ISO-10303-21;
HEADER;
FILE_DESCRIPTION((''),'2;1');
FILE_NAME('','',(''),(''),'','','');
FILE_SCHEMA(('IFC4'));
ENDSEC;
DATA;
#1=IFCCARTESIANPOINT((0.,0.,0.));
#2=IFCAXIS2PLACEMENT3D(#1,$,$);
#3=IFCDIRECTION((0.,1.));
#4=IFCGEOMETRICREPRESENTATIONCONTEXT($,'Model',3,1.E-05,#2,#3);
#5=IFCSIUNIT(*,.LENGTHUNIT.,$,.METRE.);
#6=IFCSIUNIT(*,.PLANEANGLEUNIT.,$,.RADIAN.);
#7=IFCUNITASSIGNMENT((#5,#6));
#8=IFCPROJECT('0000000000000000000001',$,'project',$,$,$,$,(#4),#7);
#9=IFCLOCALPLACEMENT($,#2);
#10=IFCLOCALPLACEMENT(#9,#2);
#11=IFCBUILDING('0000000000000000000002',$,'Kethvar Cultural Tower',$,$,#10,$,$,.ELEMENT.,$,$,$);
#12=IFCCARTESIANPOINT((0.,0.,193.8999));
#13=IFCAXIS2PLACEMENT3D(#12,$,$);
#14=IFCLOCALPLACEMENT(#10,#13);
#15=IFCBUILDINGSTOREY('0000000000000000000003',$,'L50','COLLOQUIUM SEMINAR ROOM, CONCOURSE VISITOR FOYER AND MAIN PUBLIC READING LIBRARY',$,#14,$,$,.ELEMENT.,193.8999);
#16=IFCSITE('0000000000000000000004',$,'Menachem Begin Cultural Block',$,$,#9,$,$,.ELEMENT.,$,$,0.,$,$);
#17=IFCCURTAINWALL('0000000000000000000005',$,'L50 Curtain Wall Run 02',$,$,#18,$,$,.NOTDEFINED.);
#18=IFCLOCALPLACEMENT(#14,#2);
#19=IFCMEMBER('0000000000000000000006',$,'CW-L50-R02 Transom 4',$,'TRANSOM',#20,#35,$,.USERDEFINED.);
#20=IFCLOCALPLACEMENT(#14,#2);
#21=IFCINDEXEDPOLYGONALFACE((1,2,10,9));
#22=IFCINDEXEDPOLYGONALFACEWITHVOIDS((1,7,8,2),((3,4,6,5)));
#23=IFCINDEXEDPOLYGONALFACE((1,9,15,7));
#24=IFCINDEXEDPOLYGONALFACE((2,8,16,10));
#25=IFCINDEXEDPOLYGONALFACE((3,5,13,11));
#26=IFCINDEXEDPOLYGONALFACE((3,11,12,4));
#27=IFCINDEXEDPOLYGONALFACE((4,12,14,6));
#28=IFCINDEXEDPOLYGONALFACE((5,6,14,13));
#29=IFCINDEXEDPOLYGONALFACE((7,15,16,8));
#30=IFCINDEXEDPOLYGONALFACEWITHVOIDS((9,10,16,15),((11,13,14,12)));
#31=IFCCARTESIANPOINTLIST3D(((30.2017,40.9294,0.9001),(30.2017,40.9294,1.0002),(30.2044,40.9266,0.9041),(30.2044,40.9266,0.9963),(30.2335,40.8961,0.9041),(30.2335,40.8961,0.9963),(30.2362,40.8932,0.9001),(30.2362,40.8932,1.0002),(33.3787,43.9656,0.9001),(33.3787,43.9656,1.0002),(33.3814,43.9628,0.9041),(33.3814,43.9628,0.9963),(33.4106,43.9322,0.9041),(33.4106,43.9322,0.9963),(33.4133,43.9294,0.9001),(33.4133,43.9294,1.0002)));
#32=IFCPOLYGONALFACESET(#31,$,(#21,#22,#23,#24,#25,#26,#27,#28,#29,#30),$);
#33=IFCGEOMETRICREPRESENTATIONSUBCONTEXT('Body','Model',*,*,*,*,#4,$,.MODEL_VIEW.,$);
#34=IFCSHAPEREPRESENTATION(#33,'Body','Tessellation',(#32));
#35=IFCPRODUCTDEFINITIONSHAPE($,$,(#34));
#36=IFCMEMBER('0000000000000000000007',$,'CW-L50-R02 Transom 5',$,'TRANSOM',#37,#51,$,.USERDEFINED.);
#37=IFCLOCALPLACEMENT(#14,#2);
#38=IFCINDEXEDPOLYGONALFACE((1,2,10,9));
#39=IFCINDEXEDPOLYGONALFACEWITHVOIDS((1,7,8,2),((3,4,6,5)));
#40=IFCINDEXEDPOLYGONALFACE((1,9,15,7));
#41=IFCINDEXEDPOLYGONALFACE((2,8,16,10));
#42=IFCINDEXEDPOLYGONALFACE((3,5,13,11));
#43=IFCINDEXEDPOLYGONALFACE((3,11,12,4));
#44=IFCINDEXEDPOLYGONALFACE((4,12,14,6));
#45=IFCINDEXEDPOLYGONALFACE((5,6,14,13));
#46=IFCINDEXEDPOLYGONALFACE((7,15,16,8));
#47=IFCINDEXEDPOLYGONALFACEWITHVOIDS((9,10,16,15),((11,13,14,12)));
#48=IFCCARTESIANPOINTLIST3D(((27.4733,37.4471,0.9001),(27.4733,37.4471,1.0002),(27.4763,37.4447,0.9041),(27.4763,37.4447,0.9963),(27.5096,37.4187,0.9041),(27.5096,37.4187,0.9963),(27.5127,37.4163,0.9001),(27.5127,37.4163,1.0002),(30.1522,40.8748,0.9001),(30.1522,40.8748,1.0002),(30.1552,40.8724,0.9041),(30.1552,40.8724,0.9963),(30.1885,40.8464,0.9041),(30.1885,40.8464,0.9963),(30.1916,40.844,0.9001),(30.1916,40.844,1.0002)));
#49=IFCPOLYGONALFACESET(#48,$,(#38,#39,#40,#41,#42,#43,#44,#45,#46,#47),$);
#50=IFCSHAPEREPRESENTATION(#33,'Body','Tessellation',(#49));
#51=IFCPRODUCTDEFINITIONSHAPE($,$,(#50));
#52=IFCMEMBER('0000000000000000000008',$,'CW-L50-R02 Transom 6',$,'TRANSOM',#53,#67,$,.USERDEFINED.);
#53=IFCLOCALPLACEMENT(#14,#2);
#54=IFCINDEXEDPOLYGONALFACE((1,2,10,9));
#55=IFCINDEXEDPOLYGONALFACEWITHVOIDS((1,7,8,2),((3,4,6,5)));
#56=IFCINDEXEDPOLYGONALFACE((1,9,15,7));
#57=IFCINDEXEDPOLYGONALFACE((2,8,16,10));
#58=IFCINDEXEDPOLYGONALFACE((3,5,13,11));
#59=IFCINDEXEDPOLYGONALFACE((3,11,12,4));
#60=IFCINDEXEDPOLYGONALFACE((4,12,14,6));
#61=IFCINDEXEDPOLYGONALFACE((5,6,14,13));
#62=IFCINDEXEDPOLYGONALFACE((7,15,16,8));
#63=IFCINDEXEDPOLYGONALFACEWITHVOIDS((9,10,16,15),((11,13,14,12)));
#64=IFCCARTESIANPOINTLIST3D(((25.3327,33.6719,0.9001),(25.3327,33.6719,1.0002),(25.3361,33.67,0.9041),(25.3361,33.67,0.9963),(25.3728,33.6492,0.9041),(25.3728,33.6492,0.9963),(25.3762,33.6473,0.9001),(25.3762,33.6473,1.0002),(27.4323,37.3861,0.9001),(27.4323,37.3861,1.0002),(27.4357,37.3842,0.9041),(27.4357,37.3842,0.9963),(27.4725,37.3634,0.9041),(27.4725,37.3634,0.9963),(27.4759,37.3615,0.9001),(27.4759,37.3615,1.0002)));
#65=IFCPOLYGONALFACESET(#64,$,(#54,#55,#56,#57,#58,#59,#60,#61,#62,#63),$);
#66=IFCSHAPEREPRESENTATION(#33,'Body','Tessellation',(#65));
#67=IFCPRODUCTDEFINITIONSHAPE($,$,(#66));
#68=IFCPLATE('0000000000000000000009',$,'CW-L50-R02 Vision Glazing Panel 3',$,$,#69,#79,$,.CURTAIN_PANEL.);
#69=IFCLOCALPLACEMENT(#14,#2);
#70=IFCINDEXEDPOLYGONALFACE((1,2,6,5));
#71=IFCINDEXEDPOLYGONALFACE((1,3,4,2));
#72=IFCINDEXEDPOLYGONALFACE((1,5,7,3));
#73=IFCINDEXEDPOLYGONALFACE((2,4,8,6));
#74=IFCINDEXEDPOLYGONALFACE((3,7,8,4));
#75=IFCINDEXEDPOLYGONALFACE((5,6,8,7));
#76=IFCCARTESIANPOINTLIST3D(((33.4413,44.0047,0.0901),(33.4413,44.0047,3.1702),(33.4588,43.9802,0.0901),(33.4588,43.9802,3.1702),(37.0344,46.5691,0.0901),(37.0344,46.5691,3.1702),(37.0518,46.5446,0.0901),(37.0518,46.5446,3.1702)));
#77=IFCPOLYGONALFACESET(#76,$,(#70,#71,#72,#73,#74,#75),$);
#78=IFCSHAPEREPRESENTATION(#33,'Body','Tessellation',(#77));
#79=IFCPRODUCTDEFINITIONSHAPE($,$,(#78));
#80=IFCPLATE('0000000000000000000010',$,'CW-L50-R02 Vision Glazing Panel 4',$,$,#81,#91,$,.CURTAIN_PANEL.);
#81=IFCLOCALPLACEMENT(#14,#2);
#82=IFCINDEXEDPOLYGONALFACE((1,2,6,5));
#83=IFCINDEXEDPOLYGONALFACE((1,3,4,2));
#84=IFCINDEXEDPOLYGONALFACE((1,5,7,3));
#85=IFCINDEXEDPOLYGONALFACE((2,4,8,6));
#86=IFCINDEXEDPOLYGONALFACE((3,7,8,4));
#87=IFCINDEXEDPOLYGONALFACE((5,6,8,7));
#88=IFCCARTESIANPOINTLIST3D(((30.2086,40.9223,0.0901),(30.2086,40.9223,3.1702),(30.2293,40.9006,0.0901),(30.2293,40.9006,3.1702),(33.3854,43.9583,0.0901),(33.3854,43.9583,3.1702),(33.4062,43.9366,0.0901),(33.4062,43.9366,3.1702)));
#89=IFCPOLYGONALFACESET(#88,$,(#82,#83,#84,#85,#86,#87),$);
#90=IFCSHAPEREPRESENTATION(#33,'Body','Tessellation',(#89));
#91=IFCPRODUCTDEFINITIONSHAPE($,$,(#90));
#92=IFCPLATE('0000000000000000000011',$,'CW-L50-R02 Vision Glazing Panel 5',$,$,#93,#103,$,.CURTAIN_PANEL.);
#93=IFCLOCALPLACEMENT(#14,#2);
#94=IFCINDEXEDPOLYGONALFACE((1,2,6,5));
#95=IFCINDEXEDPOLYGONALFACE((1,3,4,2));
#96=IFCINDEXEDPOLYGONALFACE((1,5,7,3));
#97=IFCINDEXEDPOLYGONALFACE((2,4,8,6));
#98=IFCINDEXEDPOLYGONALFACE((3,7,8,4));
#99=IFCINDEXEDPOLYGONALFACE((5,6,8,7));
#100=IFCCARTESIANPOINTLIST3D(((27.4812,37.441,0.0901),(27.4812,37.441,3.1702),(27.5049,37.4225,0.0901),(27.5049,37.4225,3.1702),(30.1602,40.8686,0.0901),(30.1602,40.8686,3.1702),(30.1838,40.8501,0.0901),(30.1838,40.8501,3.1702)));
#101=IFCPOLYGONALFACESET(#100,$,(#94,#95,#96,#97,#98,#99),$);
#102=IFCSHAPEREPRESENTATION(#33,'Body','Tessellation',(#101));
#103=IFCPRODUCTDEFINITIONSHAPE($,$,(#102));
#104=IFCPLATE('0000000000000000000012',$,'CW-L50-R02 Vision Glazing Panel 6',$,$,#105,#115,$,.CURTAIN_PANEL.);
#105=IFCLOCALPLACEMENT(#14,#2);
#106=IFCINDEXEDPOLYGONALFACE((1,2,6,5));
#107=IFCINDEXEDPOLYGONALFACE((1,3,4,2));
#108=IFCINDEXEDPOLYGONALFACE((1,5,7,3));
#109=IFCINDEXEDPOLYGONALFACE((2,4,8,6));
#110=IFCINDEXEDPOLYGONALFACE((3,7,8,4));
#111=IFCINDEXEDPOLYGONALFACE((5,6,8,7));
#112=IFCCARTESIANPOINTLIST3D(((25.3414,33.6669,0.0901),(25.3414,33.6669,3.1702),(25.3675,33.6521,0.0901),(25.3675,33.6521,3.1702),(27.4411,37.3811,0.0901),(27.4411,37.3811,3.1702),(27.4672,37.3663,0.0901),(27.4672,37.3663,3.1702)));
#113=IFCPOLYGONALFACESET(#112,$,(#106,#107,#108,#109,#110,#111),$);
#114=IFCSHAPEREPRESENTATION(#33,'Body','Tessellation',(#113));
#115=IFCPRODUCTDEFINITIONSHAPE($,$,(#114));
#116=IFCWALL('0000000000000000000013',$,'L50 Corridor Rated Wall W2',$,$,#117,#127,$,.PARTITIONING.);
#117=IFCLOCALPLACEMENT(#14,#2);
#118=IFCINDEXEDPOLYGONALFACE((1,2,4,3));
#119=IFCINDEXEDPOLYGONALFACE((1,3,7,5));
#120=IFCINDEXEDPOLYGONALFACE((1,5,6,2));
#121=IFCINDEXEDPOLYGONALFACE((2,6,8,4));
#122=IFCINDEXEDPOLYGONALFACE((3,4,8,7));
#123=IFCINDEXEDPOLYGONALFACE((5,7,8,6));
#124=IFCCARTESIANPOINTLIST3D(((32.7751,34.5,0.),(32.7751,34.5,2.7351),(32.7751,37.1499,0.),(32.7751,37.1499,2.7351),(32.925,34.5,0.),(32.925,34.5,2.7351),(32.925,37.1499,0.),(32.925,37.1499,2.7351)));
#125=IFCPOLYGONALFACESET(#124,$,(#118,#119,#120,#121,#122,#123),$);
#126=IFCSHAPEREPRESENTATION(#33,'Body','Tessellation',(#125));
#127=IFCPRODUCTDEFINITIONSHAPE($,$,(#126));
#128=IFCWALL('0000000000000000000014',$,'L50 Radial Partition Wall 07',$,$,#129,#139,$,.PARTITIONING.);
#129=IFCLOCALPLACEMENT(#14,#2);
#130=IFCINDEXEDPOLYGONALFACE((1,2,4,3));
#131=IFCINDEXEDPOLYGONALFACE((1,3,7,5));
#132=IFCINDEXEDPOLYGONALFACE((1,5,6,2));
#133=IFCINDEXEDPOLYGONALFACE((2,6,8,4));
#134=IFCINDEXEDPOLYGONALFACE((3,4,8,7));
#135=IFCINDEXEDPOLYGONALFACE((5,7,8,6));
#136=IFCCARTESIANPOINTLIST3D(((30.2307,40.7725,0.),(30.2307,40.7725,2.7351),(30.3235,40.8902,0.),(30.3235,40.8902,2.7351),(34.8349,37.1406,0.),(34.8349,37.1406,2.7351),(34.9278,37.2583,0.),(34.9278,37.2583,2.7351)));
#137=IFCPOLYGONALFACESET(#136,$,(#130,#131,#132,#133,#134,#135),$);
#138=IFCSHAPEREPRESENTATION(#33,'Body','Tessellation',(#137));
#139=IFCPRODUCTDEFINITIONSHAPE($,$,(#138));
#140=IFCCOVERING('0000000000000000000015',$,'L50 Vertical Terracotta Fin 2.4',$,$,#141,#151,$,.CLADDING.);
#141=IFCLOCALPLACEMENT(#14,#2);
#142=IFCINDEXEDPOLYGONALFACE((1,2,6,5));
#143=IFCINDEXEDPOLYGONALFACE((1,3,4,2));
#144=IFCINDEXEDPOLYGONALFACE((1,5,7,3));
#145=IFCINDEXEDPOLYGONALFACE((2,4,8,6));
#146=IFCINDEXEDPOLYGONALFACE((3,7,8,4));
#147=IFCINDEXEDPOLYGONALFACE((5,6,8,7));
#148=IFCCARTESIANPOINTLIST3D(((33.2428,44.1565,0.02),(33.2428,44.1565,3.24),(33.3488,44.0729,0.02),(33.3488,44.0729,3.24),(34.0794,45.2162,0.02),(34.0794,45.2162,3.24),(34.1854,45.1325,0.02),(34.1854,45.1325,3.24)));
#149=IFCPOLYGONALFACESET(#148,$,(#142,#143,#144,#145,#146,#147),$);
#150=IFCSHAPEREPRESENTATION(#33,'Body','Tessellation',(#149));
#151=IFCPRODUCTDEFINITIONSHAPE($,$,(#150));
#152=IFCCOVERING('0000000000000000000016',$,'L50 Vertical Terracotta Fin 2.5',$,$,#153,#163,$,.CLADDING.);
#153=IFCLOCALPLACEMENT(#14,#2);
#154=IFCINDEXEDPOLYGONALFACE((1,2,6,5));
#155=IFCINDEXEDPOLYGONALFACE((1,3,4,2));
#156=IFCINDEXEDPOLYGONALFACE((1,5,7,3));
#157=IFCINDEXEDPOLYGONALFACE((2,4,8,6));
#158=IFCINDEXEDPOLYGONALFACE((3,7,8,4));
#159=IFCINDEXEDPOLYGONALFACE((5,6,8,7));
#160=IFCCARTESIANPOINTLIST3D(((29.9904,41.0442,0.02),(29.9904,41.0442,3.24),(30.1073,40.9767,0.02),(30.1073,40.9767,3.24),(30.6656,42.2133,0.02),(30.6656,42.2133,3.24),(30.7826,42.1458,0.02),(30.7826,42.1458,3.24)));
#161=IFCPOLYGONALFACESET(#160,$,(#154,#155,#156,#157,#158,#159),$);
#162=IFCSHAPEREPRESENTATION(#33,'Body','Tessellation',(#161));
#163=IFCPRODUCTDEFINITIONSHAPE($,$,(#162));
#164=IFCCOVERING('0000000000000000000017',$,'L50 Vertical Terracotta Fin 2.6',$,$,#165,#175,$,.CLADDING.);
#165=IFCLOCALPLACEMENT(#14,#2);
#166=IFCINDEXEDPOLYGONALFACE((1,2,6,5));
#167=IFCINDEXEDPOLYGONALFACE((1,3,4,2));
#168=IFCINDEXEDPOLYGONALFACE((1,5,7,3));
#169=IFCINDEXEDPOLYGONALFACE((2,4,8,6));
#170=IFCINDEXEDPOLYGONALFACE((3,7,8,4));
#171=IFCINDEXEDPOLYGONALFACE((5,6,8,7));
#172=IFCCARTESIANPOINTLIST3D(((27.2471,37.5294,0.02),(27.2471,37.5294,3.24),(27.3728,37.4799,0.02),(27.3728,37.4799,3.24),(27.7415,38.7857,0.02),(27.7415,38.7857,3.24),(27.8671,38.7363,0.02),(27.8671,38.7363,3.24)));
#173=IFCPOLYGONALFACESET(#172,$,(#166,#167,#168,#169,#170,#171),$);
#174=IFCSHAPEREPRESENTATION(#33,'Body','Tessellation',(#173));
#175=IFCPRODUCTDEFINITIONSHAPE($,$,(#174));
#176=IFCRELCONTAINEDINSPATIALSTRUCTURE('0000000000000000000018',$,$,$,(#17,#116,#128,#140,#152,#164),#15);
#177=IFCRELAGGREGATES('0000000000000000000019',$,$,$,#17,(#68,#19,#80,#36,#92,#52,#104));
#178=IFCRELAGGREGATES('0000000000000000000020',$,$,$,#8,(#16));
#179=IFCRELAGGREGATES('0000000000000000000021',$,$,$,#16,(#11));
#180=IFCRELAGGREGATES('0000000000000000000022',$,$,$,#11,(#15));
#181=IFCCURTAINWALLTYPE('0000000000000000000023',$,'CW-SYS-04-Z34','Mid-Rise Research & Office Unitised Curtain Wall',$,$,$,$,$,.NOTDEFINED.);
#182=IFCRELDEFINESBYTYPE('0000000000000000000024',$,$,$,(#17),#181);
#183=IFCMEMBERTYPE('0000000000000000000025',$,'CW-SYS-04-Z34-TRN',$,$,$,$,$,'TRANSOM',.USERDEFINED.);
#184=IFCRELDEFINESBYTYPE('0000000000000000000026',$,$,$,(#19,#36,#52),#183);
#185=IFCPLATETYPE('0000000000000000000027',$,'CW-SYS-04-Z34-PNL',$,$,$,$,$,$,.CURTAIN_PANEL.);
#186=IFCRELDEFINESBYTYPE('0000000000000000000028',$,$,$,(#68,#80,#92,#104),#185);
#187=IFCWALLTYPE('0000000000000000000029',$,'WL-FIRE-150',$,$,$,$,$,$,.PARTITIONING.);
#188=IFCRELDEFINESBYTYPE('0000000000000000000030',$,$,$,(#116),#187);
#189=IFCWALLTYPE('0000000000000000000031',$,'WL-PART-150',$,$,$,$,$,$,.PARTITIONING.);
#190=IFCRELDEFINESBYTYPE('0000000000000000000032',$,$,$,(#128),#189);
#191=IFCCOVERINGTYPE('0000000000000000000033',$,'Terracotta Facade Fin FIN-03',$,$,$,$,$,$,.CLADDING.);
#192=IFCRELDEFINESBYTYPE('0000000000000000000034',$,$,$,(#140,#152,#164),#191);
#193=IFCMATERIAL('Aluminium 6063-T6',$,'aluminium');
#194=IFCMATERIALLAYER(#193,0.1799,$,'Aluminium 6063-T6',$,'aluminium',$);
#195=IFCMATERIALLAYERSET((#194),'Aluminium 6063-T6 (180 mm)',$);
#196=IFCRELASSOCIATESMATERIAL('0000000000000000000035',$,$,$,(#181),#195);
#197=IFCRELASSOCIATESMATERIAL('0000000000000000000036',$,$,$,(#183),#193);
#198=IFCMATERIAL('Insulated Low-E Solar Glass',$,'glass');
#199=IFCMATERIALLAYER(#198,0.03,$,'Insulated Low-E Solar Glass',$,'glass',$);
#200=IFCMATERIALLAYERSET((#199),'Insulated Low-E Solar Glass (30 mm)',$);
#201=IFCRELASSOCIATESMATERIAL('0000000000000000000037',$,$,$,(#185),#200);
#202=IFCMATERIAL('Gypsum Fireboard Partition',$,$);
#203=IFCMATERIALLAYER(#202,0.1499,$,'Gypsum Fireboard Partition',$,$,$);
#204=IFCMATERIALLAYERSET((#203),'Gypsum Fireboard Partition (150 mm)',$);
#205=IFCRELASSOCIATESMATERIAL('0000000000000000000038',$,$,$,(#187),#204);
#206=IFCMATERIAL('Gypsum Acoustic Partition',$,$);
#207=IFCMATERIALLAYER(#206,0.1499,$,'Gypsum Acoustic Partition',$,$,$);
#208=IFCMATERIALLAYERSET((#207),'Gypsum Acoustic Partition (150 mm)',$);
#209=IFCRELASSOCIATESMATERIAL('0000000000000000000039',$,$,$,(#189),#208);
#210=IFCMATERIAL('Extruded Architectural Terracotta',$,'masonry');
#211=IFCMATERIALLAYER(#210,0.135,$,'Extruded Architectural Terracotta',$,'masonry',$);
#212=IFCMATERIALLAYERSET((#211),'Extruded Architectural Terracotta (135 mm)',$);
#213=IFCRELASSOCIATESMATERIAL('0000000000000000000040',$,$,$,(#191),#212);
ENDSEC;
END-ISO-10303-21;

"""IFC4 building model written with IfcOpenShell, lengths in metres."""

from ifc_helpers import new_model, si_unit, direction, frame, frame_2d, origin, origin_2d, place, context, subcontext, project, spatial, rectangle, hollow_rectangle, extrude, source, transform, mapped, material, layer, layer_set, material_profile, profile_set, type_object, element, aggregate, save


model = new_model("IFC4")

# Units and contexts
model_context = context("Model", 3, precision=1e-05, world=origin(), true_north=direction((0.0, 1.0)))
body_context = subcontext(model_context, "Body", "Model", "MODEL_VIEW")
ifc_project = project(units=[si_unit("LENGTHUNIT", "METRE"), si_unit("PLANEANGLEUNIT", "RADIAN")], contexts=[model_context])

# Site, building, storey
site_placement = place(None, origin())
site = spatial("IfcSite", under=ifc_project, at=site_placement, Name="Menachem Begin Cultural Block", CompositionType="ELEMENT", RefElevation=0.0)
building_placement = place(site_placement, origin())
building = spatial("IfcBuilding", under=site, at=building_placement, Name="Kethvar Cultural Tower", CompositionType="ELEMENT")
storey_placement = place(building_placement, frame((0.0, 0.0, 193.8999)))
storey = spatial("IfcBuildingStorey", under=building, at=storey_placement, Name="L50", Description="COLLOQUIUM SEMINAR ROOM, CONCOURSE VISITOR FOYER AND MAIN PUBLIC READING LIBRARY", CompositionType="ELEMENT", Elevation=193.8999)

# Curtain wall, members, plates
ifc_material_1 = material(Name="Aluminium 6063-T6", Category="aluminium")
ifc_layer_1 = layer(ifc_material_1, 0.1799, Name="Aluminium 6063-T6", Category="aluminium")
ifc_layer_set_1 = layer_set([ifc_layer_1], Name="Aluminium 6063-T6 (180 mm)")
curtain_wall_type = type_object("IfcCurtainWallType", Name="CW-SYS-04-Z34", Description="Mid-Rise Research & Office Unitised Curtain Wall", PredefinedType="NOTDEFINED", material=ifc_layer_set_1)
curtain_wall_placement = place(storey_placement, origin())
curtain_wall = element("IfcCurtainWall", 1, at=curtain_wall_placement, inside=storey, type_object=curtain_wall_type, Name="L50 Curtain Wall Run 02", PredefinedType="NOTDEFINED")
ifc_material_profile_1 = material_profile(ifc_material_1, hollow_rectangle(XDim=0.05, YDim=0.1001, WallThickness=0.0039, at=origin_2d()), Name="Aluminium 6063-T6 — RHS100x50x4")
ifc_profile_set_1 = profile_set([ifc_material_profile_1], Name="Aluminium 6063-T6 — RHS100x50x4")
member_type_1 = type_object("IfcMemberType", Name="CW-SYS-04-Z34-TRN", ElementType="TRANSOM", PredefinedType="USERDEFINED", material=ifc_profile_set_1)
shared_shape_1 = source(origin(), body_context, "Body", "SweptSolid", [
    extrude(hollow_rectangle(XDim=0.05, YDim=0.1001, WallThickness=0.0039, at=origin_2d()), origin(), (0.0, 0.0, 1.0), 4.3945),
])
member_1_placement = place(storey_placement, frame((33.396, 43.9475, 0.9502), z_axis=(-0.722953, -0.690897, 0.0), x_axis=(0.690897, -0.722953, 0.0)))
member_1 = element("IfcMember", 2, at=member_1_placement, type_object=member_type_1, Name="CW-L50-R02 Transom 4", ObjectType="TRANSOM", PredefinedType="USERDEFINED", context=body_context, shape_type="MappedRepresentation", body=[
    mapped(shared_shape_1, transform((0.0, 0.0, 0.0), scale=1.0)),
])
shared_shape_2 = source(origin(), body_context, "Body", "SweptSolid", [
    extrude(hollow_rectangle(XDim=0.05, YDim=0.1001, WallThickness=0.0039, at=origin_2d()), origin(), (0.0, 0.0, 1.0), 4.3503),
])
member_2_placement = place(storey_placement, frame((30.1719, 40.8594, 0.9502), z_axis=(-0.615792, -0.787909, 0.0), x_axis=(0.787909, -0.615792, 0.0)))
member_2 = element("IfcMember", 3, at=member_2_placement, type_object=member_type_1, Name="CW-L50-R02 Transom 5", ObjectType="TRANSOM", PredefinedType="USERDEFINED", context=body_context, shape_type="MappedRepresentation", body=[
    mapped(shared_shape_2, transform((0.0, 0.0, 0.0), scale=1.0)),
])
shared_shape_3 = source(origin(), body_context, "Body", "SweptSolid", [
    extrude(hollow_rectangle(XDim=0.05, YDim=0.1001, WallThickness=0.0039, at=origin_2d()), origin(), (0.0, 0.0, 1.0), 4.2666),
])
member_3_placement = place(storey_placement, frame((27.4541, 37.3738, 0.9502), z_axis=(-0.492116, -0.87053, 0.0), x_axis=(0.87053, -0.492116, 0.0)))
member_3 = element("IfcMember", 4, at=member_3_placement, type_object=member_type_1, Name="CW-L50-R02 Transom 6", ObjectType="TRANSOM", PredefinedType="USERDEFINED", context=body_context, shape_type="MappedRepresentation", body=[
    mapped(shared_shape_3, transform((0.0, 0.0, 0.0), scale=1.0)),
])
ifc_material_2 = material(Name="Insulated Low-E Solar Glass", Category="glass")
ifc_layer_2 = layer(ifc_material_2, 0.03, Name="Insulated Low-E Solar Glass", Category="glass")
ifc_layer_set_2 = layer_set([ifc_layer_2], Name="Insulated Low-E Solar Glass (30 mm)")
plate_type = type_object("IfcPlateType", Name="CW-SYS-04-Z34-PNL", PredefinedType="CURTAIN_PANEL", material=ifc_layer_set_2)
shared_shape_4 = source(origin(), body_context, "Body", "SweptSolid", [
    extrude(rectangle(XDim=4.4143, YDim=0.03, at=origin_2d()), origin(), (0.0, 0.0, 1.0), 3.0801),
])
plate_1_placement = place(storey_placement, frame((35.2466, 45.2747, 0.0901), z_axis=(0.0, 0.0, 1.0), x_axis=(-0.813953, -0.58093, 0.0)))
plate_1 = element("IfcPlate", 5, at=plate_1_placement, type_object=plate_type, Name="CW-L50-R02 Vision Glazing Panel 3", PredefinedType="CURTAIN_PANEL", context=body_context, shape_type="MappedRepresentation", body=[
    mapped(shared_shape_4, transform((0.0, 0.0, 0.0), scale=1.0)),
])
shared_shape_5 = source(origin(), body_context, "Body", "SweptSolid", [
    extrude(rectangle(XDim=4.3943, YDim=0.03, at=origin_2d()), origin(), (0.0, 0.0, 1.0), 3.0801),
])
plate_2_placement = place(storey_placement, frame((31.8074, 42.4294, 0.0901), z_axis=(0.0, 0.0, 1.0), x_axis=(-0.722943, -0.690908, 0.0)))
plate_2 = element("IfcPlate", 6, at=plate_2_placement, type_object=plate_type, Name="CW-L50-R02 Vision Glazing Panel 4", PredefinedType="CURTAIN_PANEL", context=body_context, shape_type="MappedRepresentation", body=[
    mapped(shared_shape_5, transform((0.0, 0.0, 0.0), scale=1.0)),
])
shared_shape_6 = source(origin(), body_context, "Body", "SweptSolid", [
    extrude(rectangle(XDim=4.3503, YDim=0.03, at=origin_2d()), origin(), (0.0, 0.0, 1.0), 3.0801),
])
plate_3_placement = place(storey_placement, frame((28.8325, 39.1455, 0.0901), z_axis=(0.0, 0.0, 1.0), x_axis=(-0.615813, -0.787893, 0.0)))
plate_3 = element("IfcPlate", 7, at=plate_3_placement, type_object=plate_type, Name="CW-L50-R02 Vision Glazing Panel 5", PredefinedType="CURTAIN_PANEL", context=body_context, shape_type="MappedRepresentation", body=[
    mapped(shared_shape_6, transform((0.0, 0.0, 0.0), scale=1.0)),
])
shared_shape_7 = source(origin(), body_context, "Body", "SweptSolid", [
    extrude(rectangle(XDim=4.2666, YDim=0.03, at=origin_2d()), origin(), (0.0, 0.0, 1.0), 3.0801),
])
plate_4_placement = place(storey_placement, frame((26.4043, 35.5166, 0.0901), z_axis=(0.0, 0.0, 1.0), x_axis=(-0.49212, -0.870528, 0.0)))
plate_4 = element("IfcPlate", 8, at=plate_4_placement, type_object=plate_type, Name="CW-L50-R02 Vision Glazing Panel 6", PredefinedType="CURTAIN_PANEL", context=body_context, shape_type="MappedRepresentation", body=[
    mapped(shared_shape_7, transform((0.0, 0.0, 0.0), scale=1.0)),
])
aggregate(curtain_wall, [plate_1, member_1, plate_2, member_2, plate_3, member_3, plate_4])

# Walls
ifc_material_3 = material(Name="Gypsum Fireboard Partition")
ifc_layer_3 = layer(ifc_material_3, 0.1499, Name="Gypsum Fireboard Partition")
ifc_layer_set_3 = layer_set([ifc_layer_3], Name="Gypsum Fireboard Partition (150 mm)")
wall_type_1 = type_object("IfcWallType", Name="WL-FIRE-150", PredefinedType="PARTITIONING", material=ifc_layer_set_3)
wall_1_placement = place(storey_placement, frame((32.8501, 37.1499, 0.0), z_axis=(0.0, 0.0, 1.0), x_axis=(0.0, -1.0, 0.0)))
element("IfcWall", 9, at=wall_1_placement, inside=storey, type_object=wall_type_1, Name="L50 Corridor Rated Wall W2", PredefinedType="PARTITIONING", context=body_context, shape_type="SweptSolid", body=[
    extrude(rectangle(XDim=2.6499, YDim=0.1499, at=frame_2d((1.325, 0.0))), origin(), (0.0, 0.0, 1.0), 2.7351),
])
ifc_material_4 = material(Name="Gypsum Acoustic Partition")
ifc_layer_4 = layer(ifc_material_4, 0.1499, Name="Gypsum Acoustic Partition")
ifc_layer_set_4 = layer_set([ifc_layer_4], Name="Gypsum Acoustic Partition (150 mm)")
wall_type_2 = type_object("IfcWallType", Name="WL-PART-150", PredefinedType="PARTITIONING", material=ifc_layer_set_4)
wall_2_placement = place(storey_placement, frame((34.8813, 37.1995, 0.0), z_axis=(0.0, 0.0, 1.0), x_axis=(-0.78514, 0.619319, 0.0)))
element("IfcWall", 10, at=wall_2_placement, inside=storey, type_object=wall_type_2, Name="L50 Radial Partition Wall 07", PredefinedType="PARTITIONING", context=body_context, shape_type="SweptSolid", body=[
    extrude(rectangle(XDim=5.8643, YDim=0.1499, at=frame_2d((2.9321, 0.0))), origin(), (0.0, 0.0, 1.0), 2.7351),
])

# Coverings
ifc_material_5 = material(Name="Extruded Architectural Terracotta", Category="masonry")
ifc_layer_5 = layer(ifc_material_5, 0.135, Name="Extruded Architectural Terracotta", Category="masonry")
ifc_layer_set_5 = layer_set([ifc_layer_5], Name="Extruded Architectural Terracotta (135 mm)")
covering_type = type_object("IfcCoveringType", Name="Terracotta Facade Fin FIN-03", PredefinedType="CLADDING", material=ifc_layer_set_5)
shared_shape_8 = source(origin(), body_context, "Body", "SweptSolid", [
    extrude(rectangle(XDim=1.3501, YDim=0.135, at=origin_2d()), origin(), (0.0, 0.0, 1.0), 3.22),
])
for number, where, z_axis, x_axis, name in (
    (11, (33.7141, 44.6445, 0.02), (0.0, 0.0, 1.0), (0.619642, 0.784885, 0.0), "L50 Vertical Terracotta Fin 2.4"),
    (12, (30.3865, 41.595, 0.02), (0.0, 0.0, 1.0), (0.500151, 0.865938, 0.0), "L50 Vertical Terracotta Fin 2.5"),
    (13, (27.5571, 38.1328, 0.02), (0.0, 0.0, 1.0), (0.366176, 0.930545, 0.0), "L50 Vertical Terracotta Fin 2.6"),
):
    element("IfcCovering", number, at=place(storey_placement, frame(where, z_axis=z_axis, x_axis=x_axis)), inside=storey, type_object=covering_type, Name=name, PredefinedType="CLADDING", context=body_context, shape_type="MappedRepresentation", body=[
        mapped(shared_shape_8, transform((0.0, 0.0, 0.0), scale=1.0)),
    ])

save(model, "model.ifc")
